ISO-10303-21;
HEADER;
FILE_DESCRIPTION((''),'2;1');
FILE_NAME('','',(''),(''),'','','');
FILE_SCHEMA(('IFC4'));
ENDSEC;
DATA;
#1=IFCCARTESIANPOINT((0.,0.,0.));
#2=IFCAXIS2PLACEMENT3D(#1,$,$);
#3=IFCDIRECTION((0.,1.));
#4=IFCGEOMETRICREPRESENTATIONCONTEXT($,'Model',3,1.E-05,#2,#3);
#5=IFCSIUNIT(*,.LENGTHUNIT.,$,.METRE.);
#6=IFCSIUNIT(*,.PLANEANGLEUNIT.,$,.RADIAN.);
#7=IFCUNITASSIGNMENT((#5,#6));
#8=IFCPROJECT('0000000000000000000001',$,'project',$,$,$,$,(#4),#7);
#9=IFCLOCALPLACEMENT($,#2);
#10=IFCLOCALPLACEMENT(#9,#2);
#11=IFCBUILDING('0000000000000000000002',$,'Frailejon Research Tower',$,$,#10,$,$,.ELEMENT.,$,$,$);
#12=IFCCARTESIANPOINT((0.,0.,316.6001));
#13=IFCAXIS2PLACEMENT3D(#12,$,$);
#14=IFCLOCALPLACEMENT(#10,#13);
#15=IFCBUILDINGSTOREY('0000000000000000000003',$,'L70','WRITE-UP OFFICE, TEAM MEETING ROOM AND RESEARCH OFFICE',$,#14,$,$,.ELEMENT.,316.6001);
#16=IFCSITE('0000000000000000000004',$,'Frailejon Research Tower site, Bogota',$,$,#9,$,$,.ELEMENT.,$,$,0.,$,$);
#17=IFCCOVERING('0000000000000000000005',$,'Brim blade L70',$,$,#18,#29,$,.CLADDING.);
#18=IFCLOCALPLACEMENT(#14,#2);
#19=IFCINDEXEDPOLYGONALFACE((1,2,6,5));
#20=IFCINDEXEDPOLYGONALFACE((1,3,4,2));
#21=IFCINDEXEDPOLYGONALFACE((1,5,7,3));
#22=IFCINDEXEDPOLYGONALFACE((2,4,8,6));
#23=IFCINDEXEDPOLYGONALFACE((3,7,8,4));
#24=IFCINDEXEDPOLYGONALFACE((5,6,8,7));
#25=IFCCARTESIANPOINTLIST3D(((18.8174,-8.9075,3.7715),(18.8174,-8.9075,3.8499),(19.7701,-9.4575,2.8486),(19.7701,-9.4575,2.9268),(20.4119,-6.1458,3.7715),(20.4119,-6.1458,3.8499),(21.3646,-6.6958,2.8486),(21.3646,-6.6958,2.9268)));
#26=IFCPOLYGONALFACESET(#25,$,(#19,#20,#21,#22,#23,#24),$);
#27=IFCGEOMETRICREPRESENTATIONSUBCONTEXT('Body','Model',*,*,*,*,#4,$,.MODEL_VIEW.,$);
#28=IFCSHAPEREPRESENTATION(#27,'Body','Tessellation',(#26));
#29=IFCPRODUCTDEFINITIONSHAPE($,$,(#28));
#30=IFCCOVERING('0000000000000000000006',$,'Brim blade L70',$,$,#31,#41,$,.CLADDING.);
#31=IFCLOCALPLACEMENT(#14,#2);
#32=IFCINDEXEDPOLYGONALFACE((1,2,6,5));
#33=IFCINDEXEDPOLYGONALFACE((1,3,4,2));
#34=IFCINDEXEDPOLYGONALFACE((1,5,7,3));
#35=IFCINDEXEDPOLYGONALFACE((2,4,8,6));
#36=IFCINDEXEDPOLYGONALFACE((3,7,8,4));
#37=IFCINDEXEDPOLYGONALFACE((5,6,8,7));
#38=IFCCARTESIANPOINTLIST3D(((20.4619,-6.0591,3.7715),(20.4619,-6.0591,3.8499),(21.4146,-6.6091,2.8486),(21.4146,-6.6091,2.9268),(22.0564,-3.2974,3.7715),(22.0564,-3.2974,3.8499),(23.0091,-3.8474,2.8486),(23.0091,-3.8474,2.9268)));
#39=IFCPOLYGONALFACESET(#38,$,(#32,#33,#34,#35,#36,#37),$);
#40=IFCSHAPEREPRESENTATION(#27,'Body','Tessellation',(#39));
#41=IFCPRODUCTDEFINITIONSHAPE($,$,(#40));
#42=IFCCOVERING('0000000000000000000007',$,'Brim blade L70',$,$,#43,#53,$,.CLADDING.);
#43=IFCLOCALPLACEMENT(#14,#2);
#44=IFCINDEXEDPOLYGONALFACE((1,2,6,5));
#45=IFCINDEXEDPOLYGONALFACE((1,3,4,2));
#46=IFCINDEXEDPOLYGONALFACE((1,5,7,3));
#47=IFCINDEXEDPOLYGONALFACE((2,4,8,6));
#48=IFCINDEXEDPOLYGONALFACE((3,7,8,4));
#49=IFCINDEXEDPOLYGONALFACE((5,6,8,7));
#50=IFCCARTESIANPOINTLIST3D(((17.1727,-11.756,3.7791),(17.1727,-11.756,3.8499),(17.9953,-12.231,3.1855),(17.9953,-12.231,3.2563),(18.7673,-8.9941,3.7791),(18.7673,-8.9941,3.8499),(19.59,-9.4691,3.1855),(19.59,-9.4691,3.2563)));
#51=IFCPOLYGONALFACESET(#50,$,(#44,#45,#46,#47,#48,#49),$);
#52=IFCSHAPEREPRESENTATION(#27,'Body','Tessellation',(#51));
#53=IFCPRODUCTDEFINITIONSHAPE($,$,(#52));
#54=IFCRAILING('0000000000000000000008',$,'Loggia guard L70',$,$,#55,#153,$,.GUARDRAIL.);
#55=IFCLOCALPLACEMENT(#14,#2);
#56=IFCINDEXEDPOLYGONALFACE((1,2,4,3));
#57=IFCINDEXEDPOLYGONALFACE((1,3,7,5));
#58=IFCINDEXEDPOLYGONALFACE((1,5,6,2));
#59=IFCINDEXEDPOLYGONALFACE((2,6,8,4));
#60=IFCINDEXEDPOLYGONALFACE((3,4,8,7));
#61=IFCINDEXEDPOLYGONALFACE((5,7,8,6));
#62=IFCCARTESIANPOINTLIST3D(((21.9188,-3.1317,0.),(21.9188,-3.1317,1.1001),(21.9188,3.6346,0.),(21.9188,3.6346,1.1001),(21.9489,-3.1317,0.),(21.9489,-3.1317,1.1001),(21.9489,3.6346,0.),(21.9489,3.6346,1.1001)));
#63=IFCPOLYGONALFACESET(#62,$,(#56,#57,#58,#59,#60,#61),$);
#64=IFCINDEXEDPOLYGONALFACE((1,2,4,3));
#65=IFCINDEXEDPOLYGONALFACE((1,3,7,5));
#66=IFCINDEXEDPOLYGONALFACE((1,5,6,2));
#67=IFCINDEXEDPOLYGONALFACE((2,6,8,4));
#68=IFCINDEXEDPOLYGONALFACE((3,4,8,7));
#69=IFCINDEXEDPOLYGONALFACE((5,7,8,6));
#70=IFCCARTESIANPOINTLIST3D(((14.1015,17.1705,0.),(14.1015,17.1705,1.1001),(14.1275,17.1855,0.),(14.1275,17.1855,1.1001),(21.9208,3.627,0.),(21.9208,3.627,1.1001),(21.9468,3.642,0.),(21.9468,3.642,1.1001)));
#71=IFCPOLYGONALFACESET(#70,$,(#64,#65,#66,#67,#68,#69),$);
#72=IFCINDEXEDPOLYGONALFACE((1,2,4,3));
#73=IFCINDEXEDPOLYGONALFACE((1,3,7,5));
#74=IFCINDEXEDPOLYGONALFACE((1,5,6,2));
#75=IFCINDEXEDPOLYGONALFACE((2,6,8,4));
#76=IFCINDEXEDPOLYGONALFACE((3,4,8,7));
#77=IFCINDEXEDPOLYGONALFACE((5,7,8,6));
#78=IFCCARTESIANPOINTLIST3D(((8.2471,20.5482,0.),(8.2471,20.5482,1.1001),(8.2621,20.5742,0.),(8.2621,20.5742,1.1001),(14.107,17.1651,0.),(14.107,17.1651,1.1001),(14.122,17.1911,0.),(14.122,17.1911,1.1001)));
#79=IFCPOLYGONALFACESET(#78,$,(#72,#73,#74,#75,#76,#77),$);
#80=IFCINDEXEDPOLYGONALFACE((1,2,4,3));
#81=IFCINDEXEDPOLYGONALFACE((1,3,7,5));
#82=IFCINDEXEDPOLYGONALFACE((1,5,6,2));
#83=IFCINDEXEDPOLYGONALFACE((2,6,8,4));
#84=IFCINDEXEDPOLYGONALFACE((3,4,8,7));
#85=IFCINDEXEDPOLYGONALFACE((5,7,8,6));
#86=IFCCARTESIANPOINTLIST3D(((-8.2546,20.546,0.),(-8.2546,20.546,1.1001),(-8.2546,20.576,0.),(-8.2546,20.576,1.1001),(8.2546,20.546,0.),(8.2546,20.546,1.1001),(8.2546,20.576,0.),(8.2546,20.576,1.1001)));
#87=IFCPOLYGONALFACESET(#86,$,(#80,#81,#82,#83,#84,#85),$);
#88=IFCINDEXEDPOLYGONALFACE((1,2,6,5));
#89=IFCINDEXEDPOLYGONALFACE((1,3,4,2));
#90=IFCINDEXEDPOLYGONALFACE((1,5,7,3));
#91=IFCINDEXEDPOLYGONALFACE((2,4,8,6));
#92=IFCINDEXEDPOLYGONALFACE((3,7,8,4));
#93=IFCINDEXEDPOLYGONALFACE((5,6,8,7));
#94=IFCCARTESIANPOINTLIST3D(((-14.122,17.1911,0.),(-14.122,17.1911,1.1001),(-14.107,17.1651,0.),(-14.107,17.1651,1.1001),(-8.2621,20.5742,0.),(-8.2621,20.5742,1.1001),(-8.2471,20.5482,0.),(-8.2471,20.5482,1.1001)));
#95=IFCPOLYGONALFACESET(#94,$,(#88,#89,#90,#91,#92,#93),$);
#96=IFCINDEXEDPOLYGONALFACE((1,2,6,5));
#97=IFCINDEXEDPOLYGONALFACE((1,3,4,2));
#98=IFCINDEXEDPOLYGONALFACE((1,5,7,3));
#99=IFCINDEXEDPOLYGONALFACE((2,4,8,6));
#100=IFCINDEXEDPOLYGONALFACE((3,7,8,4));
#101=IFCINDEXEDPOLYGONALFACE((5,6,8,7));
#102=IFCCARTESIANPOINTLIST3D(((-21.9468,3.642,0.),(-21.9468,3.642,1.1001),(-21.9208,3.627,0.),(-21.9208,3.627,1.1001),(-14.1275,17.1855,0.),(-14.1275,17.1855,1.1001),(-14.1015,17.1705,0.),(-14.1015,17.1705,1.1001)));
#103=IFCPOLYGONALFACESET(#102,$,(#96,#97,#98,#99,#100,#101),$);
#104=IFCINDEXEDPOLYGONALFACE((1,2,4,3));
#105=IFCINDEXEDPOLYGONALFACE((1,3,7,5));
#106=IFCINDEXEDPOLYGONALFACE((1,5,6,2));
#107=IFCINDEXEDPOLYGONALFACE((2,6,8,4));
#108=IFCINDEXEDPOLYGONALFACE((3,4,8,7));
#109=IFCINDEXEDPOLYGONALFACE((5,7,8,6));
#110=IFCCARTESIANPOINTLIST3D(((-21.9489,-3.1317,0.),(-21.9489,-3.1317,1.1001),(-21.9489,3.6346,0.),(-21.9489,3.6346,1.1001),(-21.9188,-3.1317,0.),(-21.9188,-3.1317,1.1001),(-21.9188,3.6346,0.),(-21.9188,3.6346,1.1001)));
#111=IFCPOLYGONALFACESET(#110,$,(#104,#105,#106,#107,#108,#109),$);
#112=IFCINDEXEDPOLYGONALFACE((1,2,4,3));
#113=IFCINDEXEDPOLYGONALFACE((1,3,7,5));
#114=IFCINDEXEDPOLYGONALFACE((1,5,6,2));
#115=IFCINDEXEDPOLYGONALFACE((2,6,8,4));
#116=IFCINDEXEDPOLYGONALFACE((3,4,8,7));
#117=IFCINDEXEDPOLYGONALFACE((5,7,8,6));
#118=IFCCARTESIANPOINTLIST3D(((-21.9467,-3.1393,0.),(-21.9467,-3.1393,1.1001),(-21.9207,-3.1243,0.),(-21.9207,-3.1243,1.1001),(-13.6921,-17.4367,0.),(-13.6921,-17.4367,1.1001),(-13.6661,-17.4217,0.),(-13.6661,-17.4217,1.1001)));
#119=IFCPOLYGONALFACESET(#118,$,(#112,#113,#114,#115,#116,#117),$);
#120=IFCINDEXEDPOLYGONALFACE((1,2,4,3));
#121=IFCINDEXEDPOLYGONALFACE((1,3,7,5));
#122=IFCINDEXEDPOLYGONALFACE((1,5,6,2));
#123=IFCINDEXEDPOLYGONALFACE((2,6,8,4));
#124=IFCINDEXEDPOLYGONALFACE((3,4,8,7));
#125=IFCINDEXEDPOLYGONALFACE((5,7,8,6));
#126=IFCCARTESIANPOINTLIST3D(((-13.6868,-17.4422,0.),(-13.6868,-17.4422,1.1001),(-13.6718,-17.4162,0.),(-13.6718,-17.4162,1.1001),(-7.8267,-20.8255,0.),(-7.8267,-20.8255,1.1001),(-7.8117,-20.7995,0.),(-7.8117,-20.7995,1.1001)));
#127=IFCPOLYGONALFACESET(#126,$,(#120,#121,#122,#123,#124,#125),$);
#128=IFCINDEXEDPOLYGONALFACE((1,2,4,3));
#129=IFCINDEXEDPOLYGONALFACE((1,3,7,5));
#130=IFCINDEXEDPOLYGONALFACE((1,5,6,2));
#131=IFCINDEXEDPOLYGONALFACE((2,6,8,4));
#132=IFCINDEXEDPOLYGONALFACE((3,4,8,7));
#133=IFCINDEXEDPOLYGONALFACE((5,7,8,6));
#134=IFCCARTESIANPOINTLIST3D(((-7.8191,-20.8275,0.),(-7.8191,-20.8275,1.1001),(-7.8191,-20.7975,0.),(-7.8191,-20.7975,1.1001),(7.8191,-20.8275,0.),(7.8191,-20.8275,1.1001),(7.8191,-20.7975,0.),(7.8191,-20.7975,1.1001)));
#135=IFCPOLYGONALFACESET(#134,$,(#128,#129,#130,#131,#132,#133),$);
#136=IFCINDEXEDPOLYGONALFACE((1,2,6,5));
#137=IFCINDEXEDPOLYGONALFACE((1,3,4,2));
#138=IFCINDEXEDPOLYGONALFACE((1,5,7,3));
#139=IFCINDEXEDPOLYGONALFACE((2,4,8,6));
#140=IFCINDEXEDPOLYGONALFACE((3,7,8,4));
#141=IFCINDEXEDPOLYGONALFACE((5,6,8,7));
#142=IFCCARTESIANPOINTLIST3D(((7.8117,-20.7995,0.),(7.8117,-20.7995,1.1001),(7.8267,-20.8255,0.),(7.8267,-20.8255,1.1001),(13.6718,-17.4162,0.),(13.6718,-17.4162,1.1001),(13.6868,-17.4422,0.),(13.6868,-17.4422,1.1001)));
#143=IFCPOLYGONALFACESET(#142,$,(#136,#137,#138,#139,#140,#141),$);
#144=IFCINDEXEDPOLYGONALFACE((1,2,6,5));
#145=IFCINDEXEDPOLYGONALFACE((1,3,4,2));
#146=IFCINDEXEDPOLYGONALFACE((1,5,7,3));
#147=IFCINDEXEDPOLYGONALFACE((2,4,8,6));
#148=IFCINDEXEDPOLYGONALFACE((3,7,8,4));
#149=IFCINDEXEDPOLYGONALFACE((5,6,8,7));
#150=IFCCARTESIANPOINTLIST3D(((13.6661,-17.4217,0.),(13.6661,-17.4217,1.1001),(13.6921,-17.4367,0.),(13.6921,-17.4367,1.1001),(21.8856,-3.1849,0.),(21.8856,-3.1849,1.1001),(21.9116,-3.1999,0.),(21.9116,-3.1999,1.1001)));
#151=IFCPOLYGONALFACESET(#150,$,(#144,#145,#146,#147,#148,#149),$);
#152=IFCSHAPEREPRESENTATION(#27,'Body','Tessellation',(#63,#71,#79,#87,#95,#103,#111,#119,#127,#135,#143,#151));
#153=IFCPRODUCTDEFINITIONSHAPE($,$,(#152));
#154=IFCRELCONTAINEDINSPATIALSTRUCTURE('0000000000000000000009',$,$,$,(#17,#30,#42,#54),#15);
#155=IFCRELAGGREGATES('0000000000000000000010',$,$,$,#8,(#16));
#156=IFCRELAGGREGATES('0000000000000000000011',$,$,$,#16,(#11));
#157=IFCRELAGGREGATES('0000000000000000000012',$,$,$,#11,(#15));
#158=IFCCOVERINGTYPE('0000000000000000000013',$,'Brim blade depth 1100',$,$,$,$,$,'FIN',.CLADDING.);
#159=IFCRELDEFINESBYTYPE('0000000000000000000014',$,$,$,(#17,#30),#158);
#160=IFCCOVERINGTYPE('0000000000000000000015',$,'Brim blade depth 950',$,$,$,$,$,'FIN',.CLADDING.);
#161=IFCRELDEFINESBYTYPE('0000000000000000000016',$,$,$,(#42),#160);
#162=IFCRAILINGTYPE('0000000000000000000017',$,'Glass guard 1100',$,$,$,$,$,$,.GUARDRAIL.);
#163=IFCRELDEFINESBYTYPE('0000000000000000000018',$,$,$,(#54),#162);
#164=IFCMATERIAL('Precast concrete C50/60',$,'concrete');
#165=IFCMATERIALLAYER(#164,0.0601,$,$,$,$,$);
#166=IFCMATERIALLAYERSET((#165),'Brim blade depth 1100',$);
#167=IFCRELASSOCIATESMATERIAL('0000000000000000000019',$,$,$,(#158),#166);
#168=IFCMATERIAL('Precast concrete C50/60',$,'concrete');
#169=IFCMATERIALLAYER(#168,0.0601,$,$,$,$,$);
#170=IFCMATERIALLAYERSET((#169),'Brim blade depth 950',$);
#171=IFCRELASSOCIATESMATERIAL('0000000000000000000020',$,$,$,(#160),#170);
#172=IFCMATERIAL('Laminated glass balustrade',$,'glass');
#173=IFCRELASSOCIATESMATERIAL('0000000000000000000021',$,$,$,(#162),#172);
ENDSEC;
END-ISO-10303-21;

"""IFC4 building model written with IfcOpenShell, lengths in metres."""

from ifc_helpers import new_model, si_unit, direction, frame, origin, origin_2d, place, context, subcontext, project, spatial, polyline, rectangle, outline, extrude, material, layer, layer_set, type_object, element, save


model = new_model("IFC4")

# Units and contexts
model_context = context("Model", 3, precision=1e-05, world=origin(), true_north=direction((0.0, 1.0)))
body_context = subcontext(model_context, "Body", "Model", "MODEL_VIEW")
ifc_project = project(units=[si_unit("LENGTHUNIT", "METRE"), si_unit("PLANEANGLEUNIT", "RADIAN")], contexts=[model_context])

# Site, building, storey
site_placement = place(None, origin())
site = spatial("IfcSite", under=ifc_project, at=site_placement, Name="Frailejon Research Tower site, Bogota", CompositionType="ELEMENT", RefElevation=0.0)
building_placement = place(site_placement, origin())
building = spatial("IfcBuilding", under=site, at=building_placement, Name="Frailejon Research Tower", CompositionType="ELEMENT")
storey_placement = place(building_placement, frame((0.0, 0.0, 316.6001)))
storey = spatial("IfcBuildingStorey", under=building, at=storey_placement, Name="L70", Description="WRITE-UP OFFICE, TEAM MEETING ROOM AND RESEARCH OFFICE", CompositionType="ELEMENT", Elevation=316.6001)

# Coverings
ifc_material_1 = material(Name="Precast concrete C50/60", Category="concrete")
ifc_layer_1 = layer(ifc_material_1, 0.0601)
ifc_layer_set_1 = layer_set([ifc_layer_1], Name="Brim blade depth 1100")
covering_type_1 = type_object("IfcCoveringType", Name="Brim blade depth 1100", ElementType="FIN", PredefinedType="CLADDING", material=ifc_layer_set_1)
for number, where, z_axis, x_axis, name in (
    (1, (20.4119, -6.1458, 3.8499), (-0.499994, -0.866029, 0.0), (0.866029, -0.499994, 0.0), "Brim blade L70"),
    (2, (22.0564, -3.2974, 3.8499), (-0.499994, -0.866029, 0.0), (0.866029, -0.499994, 0.0), "Brim blade L70"),
):
    element("IfcCovering", number, at=place(storey_placement, frame(where, z_axis=z_axis, x_axis=x_axis)), inside=storey, type_object=covering_type_1, Name=name, PredefinedType="CLADDING", context=body_context, shape_type="SweptSolid", body=[
        extrude(outline(polyline([(0.0, -0.0784), (1.1001, -1.0012), (1.1001, -0.9231), (0.0, 0.0), (0.0, -0.0784)])), origin(), (0.0, 0.0, 1.0), 3.189),
    ])
ifc_material_2 = material(Name="Precast concrete C50/60", Category="concrete")
ifc_layer_2 = layer(ifc_material_2, 0.0601)
ifc_layer_set_2 = layer_set([ifc_layer_2], Name="Brim blade depth 950")
covering_type_2 = type_object("IfcCoveringType", Name="Brim blade depth 950", ElementType="FIN", PredefinedType="CLADDING", material=ifc_layer_set_2)
covering_placement = place(storey_placement, frame((18.7673, -8.9941, 3.8499), z_axis=(-0.500017, -0.866015, 0.0), x_axis=(0.866015, -0.500017, 0.0)))
element("IfcCovering", 3, at=covering_placement, inside=storey, type_object=covering_type_2, Name="Brim blade L70", PredefinedType="CLADDING", context=body_context, shape_type="SweptSolid", body=[
    extrude(outline(polyline([(0.0, -0.0708), (0.95, -0.6643), (0.95, -0.5935), (0.0, 0.0), (0.0, -0.0708)])), origin(), (0.0, 0.0, 1.0), 3.1892),
])

# Railing
ifc_material_3 = material(Name="Laminated glass balustrade", Category="glass")
railing_type = type_object("IfcRailingType", Name="Glass guard 1100", PredefinedType="GUARDRAIL", material=ifc_material_3)
railing_placement = place(storey_placement, frame((21.9338, -3.1318, 0.0)))
element("IfcRailing", 4, at=railing_placement, inside=storey, type_object=railing_type, Name="Loggia guard L70", PredefinedType="GUARDRAIL", context=body_context, shape_type="SweptSolid", body=[
    extrude(rectangle(XDim=6.7664, YDim=0.03, at=origin_2d()), frame((0.0, 3.3833, 0.0), z_axis=(0.0, 0.0, 1.0), x_axis=(0.0, 1.0, 0.0)), (0.0, 0.0, 1.0), 1.1001),
    extrude(rectangle(XDim=15.6387, YDim=0.03, at=origin_2d()), frame((-3.9097, 13.5381, 0.0), z_axis=(0.0, 0.0, 1.0), x_axis=(-0.500001, 0.866025, 0.0)), (0.0, 0.0, 1.0), 1.1001),
    extrude(rectangle(XDim=6.7664, YDim=0.03, at=origin_2d()), frame((-10.7493, 22.0015, 0.0), z_axis=(0.0, 0.0, 1.0), x_axis=(-0.866034, 0.499985, 0.0)), (0.0, 0.0, 1.0), 1.1001),
    extrude(rectangle(XDim=16.5093, YDim=0.03, at=origin_2d()), frame((-21.9338, 23.6929, 0.0), z_axis=(0.0, 0.0, 1.0), x_axis=(-1.0, 0.0, 0.0)), (0.0, 0.0, 1.0), 1.1001),
    extrude(rectangle(XDim=6.7664, YDim=0.03, at=origin_2d()), frame((-33.1184, 22.0015, 0.0), z_axis=(0.0, 0.0, 1.0), x_axis=(-0.866034, -0.499985, 0.0)), (0.0, 0.0, 1.0), 1.1001),
    extrude(rectangle(XDim=15.6387, YDim=0.03, at=origin_2d()), frame((-39.958, 13.5381, 0.0), z_axis=(0.0, 0.0, 1.0), x_axis=(-0.500001, -0.866025, 0.0)), (0.0, 0.0, 1.0), 1.1001),
    extrude(rectangle(XDim=6.7664, YDim=0.03, at=origin_2d()), frame((-43.8677, 3.3833, 0.0), z_axis=(0.0, 0.0, 1.0), x_axis=(0.0, -1.0, 0.0)), (0.0, 0.0, 1.0), 1.1001),
    extrude(rectangle(XDim=16.5093, YDim=0.03, at=origin_2d()), frame((-39.7402, -7.1487, 0.0), z_axis=(0.0, 0.0, 1.0), x_axis=(0.500002, -0.866024, 0.0)), (0.0, 0.0, 1.0), 1.1001),
    extrude(rectangle(XDim=6.7666, YDim=0.03, at=origin_2d()), frame((-32.6831, -15.989, 0.0), z_axis=(0.0, 0.0, 1.0), x_axis=(0.866028, -0.499996, 0.0)), (0.0, 0.0, 1.0), 1.1001),
    extrude(rectangle(XDim=15.6382, YDim=0.03, at=origin_2d()), frame((-21.9338, -17.6807, 0.0), z_axis=(0.0, 0.0, 1.0), x_axis=(1.0, 0.0, 0.0)), (0.0, 0.0, 1.0), 1.1001),
    extrude(rectangle(XDim=6.7666, YDim=0.03, at=origin_2d()), frame((-11.1846, -15.989, 0.0), z_axis=(0.0, 0.0, 1.0), x_axis=(0.866028, 0.499996, 0.0)), (0.0, 0.0, 1.0), 1.1001),
    extrude(rectangle(XDim=16.4392, YDim=0.03, at=origin_2d()), frame((-4.145, -7.179, 0.0), z_axis=(0.0, 0.0, 1.0), x_axis=(0.499993, 0.866029, 0.0)), (0.0, 0.0, 1.0), 1.1001),
])

save(model, "model.ifc")
